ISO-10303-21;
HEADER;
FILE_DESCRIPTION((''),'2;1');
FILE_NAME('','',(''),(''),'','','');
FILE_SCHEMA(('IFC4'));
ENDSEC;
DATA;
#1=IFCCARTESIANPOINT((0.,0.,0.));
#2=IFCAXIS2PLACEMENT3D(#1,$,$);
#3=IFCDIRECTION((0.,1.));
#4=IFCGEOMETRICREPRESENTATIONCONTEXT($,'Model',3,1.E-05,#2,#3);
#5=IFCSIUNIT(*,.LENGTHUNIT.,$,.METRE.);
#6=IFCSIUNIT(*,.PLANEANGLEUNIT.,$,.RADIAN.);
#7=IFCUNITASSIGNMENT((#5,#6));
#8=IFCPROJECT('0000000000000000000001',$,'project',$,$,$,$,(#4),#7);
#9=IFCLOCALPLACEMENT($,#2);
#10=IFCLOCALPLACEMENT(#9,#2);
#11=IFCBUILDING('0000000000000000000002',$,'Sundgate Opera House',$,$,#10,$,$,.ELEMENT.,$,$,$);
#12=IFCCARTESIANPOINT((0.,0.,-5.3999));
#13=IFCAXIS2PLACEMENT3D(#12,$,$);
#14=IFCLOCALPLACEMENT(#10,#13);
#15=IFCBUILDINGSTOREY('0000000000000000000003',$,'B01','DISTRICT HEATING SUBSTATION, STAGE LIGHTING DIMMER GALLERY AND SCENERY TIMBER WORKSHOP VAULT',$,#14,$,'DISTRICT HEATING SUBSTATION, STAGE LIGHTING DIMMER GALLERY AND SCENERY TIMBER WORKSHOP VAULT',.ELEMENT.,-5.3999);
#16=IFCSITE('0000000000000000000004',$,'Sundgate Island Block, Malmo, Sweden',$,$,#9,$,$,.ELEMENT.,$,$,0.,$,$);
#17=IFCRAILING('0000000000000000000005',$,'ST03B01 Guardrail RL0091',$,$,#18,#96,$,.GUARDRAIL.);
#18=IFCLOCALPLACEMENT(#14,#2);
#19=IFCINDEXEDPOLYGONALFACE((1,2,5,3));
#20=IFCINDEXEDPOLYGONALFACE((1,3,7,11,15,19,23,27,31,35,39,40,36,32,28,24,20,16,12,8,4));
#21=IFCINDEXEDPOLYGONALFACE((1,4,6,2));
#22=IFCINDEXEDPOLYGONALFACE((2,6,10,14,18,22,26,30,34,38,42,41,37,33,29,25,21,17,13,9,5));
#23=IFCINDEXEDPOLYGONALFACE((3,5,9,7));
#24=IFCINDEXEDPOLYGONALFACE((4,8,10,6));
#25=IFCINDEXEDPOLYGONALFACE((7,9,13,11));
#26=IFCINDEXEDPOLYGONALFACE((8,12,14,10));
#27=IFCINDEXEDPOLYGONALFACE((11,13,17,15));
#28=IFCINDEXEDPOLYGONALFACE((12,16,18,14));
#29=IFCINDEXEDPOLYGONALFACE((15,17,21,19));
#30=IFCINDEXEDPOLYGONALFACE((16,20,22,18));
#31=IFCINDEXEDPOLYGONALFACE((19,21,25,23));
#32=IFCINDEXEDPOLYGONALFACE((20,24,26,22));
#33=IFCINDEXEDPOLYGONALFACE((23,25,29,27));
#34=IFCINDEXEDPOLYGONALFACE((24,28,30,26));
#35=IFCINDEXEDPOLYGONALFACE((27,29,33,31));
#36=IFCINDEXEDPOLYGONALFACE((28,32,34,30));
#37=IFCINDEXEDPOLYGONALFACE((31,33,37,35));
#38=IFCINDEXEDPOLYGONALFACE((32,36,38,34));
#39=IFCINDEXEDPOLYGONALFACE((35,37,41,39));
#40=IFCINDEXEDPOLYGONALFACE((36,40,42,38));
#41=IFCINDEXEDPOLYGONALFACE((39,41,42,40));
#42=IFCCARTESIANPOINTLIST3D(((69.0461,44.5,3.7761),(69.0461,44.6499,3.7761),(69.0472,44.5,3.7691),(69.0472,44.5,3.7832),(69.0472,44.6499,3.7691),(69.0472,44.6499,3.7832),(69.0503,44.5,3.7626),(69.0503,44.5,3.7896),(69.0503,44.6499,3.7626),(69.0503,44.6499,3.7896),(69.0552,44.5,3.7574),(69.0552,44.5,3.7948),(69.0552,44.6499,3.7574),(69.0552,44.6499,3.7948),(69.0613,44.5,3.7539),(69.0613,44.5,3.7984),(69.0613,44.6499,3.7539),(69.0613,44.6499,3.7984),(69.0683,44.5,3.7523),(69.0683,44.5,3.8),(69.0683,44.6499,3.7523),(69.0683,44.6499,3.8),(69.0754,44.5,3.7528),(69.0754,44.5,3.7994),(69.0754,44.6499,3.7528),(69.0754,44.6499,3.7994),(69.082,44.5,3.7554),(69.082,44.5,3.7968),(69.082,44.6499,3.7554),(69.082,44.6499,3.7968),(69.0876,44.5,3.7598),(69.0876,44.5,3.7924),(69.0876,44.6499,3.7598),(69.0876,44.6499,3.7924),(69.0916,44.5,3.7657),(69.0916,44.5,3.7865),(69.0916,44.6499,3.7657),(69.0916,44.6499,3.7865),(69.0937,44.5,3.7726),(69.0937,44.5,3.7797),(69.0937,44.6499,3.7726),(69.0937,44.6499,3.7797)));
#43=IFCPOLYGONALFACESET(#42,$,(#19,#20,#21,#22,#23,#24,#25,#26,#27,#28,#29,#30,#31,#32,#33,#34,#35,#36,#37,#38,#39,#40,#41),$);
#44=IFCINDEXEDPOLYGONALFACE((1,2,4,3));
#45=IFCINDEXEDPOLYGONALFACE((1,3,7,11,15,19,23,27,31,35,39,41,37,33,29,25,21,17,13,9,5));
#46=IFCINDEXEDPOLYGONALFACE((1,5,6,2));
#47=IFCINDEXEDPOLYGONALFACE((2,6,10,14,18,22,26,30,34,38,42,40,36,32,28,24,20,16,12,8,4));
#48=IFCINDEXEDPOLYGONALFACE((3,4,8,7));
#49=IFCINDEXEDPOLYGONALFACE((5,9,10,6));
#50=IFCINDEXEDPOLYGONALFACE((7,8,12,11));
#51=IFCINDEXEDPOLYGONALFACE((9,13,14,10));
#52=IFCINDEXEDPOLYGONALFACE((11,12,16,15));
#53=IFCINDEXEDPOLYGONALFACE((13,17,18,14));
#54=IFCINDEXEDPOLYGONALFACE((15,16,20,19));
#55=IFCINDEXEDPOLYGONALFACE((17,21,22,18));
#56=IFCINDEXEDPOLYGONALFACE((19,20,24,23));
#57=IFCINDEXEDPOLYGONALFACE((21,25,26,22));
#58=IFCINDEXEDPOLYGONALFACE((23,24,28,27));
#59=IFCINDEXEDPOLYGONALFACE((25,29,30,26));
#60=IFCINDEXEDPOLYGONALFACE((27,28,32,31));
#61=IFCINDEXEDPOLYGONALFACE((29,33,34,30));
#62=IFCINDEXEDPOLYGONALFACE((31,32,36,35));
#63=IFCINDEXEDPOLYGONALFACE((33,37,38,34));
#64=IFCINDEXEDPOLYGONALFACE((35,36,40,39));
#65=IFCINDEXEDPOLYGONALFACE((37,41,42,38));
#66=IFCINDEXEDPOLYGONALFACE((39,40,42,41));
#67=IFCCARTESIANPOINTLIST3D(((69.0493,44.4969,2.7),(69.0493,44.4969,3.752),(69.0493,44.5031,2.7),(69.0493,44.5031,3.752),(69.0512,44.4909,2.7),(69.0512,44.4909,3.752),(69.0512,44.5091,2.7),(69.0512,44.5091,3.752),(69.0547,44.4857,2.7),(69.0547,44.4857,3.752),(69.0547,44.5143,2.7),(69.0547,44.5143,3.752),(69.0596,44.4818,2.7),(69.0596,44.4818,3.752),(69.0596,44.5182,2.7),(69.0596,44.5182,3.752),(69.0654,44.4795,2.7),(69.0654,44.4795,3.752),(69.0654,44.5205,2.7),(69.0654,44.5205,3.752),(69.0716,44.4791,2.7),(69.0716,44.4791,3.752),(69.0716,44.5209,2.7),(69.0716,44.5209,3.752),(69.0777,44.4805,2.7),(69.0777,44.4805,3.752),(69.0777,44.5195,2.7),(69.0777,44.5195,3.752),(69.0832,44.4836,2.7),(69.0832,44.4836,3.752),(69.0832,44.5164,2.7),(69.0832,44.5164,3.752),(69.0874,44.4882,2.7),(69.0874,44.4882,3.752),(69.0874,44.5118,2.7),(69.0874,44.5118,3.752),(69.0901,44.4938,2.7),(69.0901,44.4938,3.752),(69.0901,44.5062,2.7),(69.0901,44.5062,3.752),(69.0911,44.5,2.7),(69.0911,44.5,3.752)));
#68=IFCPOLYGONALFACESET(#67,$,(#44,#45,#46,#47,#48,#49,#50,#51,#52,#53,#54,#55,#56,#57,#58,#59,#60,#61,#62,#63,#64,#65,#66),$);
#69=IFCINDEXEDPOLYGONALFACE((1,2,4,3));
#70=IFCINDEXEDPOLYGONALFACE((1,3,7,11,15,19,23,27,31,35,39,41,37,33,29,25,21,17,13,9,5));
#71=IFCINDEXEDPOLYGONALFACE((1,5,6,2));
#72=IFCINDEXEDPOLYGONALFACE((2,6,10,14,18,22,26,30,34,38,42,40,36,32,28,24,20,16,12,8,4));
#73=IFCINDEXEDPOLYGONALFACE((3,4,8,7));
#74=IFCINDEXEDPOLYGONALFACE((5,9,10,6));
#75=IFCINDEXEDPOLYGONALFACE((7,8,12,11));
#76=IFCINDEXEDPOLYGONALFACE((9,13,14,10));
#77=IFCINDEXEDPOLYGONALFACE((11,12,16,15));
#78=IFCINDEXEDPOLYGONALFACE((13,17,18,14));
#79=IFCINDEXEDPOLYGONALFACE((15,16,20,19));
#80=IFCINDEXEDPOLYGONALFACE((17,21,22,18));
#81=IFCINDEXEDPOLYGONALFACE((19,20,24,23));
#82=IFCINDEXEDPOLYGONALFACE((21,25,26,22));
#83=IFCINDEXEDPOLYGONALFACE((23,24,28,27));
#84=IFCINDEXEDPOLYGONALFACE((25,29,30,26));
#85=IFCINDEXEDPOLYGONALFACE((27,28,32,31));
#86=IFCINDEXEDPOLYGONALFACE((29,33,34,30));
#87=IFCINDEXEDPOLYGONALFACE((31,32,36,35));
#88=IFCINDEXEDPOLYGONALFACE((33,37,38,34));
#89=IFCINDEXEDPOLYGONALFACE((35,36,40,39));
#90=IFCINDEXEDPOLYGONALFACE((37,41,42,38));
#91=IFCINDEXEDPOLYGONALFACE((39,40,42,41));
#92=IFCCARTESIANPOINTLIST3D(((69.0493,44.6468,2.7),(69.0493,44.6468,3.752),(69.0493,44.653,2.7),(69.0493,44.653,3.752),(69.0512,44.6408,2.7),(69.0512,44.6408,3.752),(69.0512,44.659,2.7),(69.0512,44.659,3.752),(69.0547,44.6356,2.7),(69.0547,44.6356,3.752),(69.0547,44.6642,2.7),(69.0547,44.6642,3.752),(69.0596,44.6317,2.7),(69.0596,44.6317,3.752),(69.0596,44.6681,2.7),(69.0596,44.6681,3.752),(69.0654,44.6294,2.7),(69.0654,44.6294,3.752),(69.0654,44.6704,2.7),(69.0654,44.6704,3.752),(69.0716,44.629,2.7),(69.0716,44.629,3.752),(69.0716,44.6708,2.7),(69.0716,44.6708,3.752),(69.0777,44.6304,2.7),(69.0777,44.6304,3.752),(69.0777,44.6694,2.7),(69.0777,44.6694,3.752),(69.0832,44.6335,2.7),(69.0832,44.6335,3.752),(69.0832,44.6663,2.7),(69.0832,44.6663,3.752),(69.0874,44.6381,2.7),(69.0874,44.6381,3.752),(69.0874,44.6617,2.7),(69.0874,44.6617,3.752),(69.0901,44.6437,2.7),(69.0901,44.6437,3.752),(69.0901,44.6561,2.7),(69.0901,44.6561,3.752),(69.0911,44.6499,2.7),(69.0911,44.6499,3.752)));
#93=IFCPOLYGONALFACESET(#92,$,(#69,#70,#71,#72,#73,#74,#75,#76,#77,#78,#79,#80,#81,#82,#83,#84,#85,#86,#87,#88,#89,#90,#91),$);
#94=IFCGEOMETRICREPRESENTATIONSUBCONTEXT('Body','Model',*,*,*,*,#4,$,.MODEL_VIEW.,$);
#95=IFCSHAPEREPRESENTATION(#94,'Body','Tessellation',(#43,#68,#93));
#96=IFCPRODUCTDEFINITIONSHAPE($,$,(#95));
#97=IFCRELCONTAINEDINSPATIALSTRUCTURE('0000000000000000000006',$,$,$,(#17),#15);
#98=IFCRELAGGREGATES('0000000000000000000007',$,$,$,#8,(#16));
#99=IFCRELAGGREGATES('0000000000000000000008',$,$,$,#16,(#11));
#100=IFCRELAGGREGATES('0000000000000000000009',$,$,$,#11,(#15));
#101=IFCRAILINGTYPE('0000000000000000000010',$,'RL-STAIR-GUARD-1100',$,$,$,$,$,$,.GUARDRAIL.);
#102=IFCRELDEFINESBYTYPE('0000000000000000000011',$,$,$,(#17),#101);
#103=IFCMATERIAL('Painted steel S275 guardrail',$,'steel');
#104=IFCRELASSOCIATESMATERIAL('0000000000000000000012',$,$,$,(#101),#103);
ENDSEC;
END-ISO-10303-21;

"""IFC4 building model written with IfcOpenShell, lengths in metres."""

from ifc_helpers import new_model, si_unit, direction, frame, origin, origin_2d, place, context, subcontext, project, spatial, circle, extrude, material, type_object, element, save


model = new_model("IFC4")

# Units and contexts
model_context = context("Model", 3, precision=1e-05, world=origin(), true_north=direction((0.0, 1.0)))
body_context = subcontext(model_context, "Body", "Model", "MODEL_VIEW")
ifc_project = project(units=[si_unit("LENGTHUNIT", "METRE"), si_unit("PLANEANGLEUNIT", "RADIAN")], contexts=[model_context])

# Site, building, storey
site_placement = place(None, origin())
site = spatial("IfcSite", under=ifc_project, at=site_placement, Name="Sundgate Island Block, Malmo, Sweden", CompositionType="ELEMENT", RefElevation=0.0)
building_placement = place(site_placement, origin())
building = spatial("IfcBuilding", under=site, at=building_placement, Name="Sundgate Opera House", CompositionType="ELEMENT")
storey_placement = place(building_placement, frame((0.0, 0.0, -5.3999)))
storey = spatial("IfcBuildingStorey", under=building, at=storey_placement, Name="B01", Description="DISTRICT HEATING SUBSTATION, STAGE LIGHTING DIMMER GALLERY AND SCENERY TIMBER WORKSHOP VAULT", LongName="DISTRICT HEATING SUBSTATION, STAGE LIGHTING DIMMER GALLERY AND SCENERY TIMBER WORKSHOP VAULT", CompositionType="ELEMENT", Elevation=-5.3999)

# Railing
ifc_material_1 = material(Name="Painted steel S275 guardrail", Category="steel")
railing_type_1 = type_object("IfcRailingType", Name="RL-STAIR-GUARD-1100", PredefinedType="GUARDRAIL", material=ifc_material_1)
railing_1_placement = place(storey_placement, frame((69.0701, 44.5, 2.7)))
element("IfcRailing", 1, at=railing_1_placement, inside=storey, type_object=railing_type_1, Name="ST03B01 Guardrail RL0091", PredefinedType="GUARDRAIL", context=body_context, shape_type="SweptSolid", body=[
    extrude(circle(Radius=0.0239, at=origin_2d()), frame((0.0, 0.0, 1.0762), z_axis=(0.0, 1.0, 0.0), x_axis=(-1.0, 0.0, 0.0)), (0.0, 0.0, 1.0), 0.1499),
    extrude(circle(Radius=0.021, at=origin_2d()), origin(), (0.0, 0.0, 1.0), 1.052),
    extrude(circle(Radius=0.021, at=origin_2d()), frame((0.0, 0.1499, 0.0)), (0.0, 0.0, 1.0), 1.052),
])

save(model, "model.ifc")
